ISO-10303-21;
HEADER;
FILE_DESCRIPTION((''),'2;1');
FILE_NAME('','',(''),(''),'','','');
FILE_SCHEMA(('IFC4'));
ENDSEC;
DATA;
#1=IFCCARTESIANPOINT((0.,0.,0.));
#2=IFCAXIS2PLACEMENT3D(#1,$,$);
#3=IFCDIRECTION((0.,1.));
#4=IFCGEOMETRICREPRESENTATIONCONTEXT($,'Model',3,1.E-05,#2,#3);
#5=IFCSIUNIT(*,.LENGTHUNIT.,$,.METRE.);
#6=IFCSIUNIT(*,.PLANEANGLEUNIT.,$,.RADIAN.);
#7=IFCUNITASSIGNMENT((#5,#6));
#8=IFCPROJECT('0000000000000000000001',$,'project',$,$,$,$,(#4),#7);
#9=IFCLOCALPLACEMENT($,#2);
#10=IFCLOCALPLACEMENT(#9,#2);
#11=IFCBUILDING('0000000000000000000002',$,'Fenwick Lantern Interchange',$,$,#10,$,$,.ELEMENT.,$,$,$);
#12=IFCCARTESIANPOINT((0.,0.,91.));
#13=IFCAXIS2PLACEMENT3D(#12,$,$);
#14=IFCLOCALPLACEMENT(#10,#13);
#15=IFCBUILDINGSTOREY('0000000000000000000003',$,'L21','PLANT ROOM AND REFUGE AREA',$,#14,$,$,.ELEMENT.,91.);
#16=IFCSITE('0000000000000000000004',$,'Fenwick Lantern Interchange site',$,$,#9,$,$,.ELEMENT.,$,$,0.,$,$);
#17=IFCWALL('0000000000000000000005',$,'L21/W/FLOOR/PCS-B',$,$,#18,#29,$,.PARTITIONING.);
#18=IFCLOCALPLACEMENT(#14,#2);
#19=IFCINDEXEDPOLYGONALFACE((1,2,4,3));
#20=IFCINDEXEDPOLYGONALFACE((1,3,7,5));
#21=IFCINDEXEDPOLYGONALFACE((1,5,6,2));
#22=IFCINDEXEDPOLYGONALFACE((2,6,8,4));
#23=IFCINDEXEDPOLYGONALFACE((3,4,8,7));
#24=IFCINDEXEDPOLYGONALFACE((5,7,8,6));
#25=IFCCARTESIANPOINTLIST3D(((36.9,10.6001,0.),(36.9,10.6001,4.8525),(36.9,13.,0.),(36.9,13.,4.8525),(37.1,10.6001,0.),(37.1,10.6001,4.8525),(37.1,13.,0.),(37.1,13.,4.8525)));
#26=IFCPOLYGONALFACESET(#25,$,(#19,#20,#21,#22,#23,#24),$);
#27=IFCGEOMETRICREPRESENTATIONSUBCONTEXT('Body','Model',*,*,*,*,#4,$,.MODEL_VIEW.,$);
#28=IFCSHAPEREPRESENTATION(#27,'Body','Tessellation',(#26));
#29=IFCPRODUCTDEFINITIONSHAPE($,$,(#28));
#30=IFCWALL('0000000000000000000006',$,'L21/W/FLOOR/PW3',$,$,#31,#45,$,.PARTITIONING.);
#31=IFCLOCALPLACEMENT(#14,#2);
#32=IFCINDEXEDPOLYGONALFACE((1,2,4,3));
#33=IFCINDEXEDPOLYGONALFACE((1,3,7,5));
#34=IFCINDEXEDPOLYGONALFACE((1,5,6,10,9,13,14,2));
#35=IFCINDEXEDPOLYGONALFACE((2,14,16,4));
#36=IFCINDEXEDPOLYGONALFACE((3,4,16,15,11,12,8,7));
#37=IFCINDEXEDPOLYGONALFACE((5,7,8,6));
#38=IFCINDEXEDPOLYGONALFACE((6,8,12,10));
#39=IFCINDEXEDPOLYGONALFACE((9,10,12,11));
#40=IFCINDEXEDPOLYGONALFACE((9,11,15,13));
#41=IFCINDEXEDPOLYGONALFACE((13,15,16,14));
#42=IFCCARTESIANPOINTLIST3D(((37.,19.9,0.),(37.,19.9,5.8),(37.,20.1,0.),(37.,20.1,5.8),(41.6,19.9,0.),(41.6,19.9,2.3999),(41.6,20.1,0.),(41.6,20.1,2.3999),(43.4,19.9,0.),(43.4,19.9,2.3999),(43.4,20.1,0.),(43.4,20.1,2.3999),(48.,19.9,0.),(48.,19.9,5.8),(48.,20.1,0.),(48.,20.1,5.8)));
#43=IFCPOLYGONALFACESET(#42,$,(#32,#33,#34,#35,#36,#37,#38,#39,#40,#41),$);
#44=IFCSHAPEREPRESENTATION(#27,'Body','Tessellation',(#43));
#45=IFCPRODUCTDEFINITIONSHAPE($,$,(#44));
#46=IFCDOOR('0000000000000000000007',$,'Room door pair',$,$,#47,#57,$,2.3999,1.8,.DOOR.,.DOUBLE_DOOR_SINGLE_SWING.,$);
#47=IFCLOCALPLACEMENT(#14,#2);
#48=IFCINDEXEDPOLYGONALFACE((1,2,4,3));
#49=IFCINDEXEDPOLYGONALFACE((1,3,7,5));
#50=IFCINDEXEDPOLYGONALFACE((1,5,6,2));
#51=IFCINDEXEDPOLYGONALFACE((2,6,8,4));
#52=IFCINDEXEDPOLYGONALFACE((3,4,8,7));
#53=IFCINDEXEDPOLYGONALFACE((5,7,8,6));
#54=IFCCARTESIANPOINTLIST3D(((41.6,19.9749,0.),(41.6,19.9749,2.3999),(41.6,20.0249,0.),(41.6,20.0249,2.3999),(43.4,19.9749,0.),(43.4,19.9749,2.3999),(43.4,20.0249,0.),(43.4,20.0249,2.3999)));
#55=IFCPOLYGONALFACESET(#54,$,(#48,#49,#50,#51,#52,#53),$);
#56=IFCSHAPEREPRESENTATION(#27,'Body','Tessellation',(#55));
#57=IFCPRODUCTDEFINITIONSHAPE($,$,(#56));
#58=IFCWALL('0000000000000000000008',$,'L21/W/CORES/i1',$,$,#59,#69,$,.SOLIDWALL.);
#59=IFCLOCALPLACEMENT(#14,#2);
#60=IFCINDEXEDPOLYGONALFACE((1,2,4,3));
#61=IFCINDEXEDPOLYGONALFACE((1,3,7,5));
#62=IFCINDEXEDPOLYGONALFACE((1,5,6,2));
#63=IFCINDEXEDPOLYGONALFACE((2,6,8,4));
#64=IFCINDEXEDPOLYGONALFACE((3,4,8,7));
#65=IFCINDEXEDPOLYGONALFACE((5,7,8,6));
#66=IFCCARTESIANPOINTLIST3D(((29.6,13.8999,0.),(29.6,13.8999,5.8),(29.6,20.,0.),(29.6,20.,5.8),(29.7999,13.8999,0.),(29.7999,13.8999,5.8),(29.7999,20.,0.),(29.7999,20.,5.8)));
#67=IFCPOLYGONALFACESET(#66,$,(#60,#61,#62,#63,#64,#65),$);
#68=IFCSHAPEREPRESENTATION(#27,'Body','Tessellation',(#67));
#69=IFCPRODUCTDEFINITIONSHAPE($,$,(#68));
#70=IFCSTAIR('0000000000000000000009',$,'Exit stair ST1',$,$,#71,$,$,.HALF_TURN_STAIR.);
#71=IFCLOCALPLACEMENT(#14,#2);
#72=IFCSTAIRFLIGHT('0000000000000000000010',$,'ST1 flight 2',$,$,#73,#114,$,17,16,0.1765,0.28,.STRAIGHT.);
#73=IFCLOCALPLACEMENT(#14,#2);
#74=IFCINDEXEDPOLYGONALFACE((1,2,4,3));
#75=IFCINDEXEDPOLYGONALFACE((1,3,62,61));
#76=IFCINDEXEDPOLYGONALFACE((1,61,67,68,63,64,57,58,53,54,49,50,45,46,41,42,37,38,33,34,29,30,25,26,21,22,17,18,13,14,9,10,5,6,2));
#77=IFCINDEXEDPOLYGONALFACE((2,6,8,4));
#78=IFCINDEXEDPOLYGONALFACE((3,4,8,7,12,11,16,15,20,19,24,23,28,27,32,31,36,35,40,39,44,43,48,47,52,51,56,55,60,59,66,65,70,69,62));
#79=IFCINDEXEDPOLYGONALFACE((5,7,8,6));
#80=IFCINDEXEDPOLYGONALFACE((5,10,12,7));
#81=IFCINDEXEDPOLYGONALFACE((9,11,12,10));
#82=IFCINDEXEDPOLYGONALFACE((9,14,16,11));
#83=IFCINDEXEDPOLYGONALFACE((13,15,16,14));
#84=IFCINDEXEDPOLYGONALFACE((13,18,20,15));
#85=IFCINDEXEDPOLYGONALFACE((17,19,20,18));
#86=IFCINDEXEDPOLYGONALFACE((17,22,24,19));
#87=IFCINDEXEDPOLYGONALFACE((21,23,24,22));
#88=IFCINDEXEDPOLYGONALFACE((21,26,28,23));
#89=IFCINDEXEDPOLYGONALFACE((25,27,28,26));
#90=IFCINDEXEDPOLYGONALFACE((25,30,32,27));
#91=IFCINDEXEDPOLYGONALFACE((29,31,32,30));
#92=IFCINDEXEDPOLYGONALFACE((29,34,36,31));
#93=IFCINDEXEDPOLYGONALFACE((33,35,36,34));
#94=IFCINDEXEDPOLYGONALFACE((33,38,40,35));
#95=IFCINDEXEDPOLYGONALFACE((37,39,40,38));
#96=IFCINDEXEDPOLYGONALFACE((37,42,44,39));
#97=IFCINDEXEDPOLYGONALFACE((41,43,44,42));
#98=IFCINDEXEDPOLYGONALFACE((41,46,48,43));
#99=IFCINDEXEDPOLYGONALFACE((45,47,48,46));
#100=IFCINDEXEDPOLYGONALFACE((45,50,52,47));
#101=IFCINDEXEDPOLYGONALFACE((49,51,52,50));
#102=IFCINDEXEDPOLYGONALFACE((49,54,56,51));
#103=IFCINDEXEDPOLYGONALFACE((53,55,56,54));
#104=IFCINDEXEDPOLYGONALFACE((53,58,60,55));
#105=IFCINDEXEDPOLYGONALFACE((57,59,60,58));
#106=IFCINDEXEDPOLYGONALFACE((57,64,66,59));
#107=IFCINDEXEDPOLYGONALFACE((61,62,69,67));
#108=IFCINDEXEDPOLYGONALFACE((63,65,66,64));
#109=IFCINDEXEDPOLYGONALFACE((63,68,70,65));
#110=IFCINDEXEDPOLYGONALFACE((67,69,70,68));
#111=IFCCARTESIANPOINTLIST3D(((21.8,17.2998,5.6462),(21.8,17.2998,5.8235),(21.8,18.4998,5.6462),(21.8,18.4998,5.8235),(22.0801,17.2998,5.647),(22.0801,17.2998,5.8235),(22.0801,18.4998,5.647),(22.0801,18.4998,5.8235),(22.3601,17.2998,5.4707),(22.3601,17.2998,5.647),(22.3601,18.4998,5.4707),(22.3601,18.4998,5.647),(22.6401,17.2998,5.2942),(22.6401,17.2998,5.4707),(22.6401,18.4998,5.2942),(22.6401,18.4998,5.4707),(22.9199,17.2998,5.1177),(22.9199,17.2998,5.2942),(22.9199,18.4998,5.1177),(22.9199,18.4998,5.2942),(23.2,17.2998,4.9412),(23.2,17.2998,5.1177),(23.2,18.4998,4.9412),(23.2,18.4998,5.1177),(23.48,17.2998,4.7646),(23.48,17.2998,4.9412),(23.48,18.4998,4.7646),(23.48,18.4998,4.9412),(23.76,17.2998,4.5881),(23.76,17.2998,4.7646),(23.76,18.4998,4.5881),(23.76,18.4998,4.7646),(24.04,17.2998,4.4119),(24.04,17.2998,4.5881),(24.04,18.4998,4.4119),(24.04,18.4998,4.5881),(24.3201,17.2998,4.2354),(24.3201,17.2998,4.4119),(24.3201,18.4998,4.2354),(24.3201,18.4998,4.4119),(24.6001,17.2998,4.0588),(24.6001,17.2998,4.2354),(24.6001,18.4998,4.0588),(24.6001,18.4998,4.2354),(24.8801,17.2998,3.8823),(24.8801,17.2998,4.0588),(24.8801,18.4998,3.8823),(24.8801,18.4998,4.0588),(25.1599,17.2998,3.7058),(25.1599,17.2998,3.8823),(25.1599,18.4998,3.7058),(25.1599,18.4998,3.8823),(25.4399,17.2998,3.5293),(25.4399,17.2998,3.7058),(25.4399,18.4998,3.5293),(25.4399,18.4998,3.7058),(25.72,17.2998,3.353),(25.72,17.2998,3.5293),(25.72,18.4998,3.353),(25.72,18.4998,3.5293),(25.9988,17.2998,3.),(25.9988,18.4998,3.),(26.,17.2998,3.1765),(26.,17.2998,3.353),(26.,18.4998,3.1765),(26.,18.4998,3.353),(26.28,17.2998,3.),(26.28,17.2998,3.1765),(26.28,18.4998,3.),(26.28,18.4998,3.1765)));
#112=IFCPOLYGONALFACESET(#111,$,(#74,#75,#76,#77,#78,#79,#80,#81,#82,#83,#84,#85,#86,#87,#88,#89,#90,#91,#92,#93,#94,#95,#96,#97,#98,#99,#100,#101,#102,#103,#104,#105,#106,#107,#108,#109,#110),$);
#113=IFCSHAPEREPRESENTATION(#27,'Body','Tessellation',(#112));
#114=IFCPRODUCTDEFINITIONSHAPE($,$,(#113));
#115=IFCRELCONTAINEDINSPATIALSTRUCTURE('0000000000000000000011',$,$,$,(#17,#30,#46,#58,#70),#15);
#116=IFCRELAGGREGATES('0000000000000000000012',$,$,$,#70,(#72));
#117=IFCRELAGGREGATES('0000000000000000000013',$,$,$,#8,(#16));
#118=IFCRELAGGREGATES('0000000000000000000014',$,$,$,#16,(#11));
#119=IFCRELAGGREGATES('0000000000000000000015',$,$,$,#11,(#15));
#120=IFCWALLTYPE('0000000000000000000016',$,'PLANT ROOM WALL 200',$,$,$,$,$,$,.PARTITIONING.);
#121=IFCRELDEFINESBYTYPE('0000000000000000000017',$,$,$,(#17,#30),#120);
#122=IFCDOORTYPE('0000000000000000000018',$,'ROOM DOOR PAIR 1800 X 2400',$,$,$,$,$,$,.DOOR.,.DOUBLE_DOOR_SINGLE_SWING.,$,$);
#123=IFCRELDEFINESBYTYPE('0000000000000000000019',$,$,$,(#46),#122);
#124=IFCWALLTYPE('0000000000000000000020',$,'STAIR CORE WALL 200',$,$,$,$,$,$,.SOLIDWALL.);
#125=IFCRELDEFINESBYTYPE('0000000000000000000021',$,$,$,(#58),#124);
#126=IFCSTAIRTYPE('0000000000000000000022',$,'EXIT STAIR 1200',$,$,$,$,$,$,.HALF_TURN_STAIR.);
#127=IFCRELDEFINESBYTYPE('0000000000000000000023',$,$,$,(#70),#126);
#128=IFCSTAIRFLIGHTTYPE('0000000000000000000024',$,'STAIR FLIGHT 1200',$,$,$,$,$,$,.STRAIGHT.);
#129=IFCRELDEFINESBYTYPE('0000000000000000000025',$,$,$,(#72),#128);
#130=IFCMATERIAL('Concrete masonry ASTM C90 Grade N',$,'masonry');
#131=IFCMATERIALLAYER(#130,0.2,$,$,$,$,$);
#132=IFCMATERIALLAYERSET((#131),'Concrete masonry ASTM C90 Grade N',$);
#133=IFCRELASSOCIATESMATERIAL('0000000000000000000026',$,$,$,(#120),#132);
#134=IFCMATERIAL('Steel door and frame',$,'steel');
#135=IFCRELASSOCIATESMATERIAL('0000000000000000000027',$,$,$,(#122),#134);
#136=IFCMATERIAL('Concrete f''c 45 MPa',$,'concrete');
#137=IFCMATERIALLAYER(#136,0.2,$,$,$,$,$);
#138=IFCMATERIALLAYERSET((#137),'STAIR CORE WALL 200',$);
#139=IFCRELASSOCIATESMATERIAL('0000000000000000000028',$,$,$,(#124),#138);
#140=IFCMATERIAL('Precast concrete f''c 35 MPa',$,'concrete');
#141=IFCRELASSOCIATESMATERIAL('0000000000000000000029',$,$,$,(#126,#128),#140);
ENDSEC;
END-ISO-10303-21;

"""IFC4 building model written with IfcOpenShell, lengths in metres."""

from ifc_helpers import new_model, si_unit, direction, frame, frame_2d, origin, place, context, subcontext, project, spatial, polyline, rectangle, outline, extrude, material, layer, layer_set, type_object, element, fill, aggregate, save


model = new_model("IFC4")

# Units and contexts
model_context = context("Model", 3, precision=1e-05, world=origin(), true_north=direction((0.0, 1.0)))
body_context = subcontext(model_context, "Body", "Model", "MODEL_VIEW")
ifc_project = project(units=[si_unit("LENGTHUNIT", "METRE"), si_unit("PLANEANGLEUNIT", "RADIAN")], contexts=[model_context])

# Site, building, storey
site_placement = place(None, origin())
site = spatial("IfcSite", under=ifc_project, at=site_placement, Name="Fenwick Lantern Interchange site", CompositionType="ELEMENT", RefElevation=0.0)
building_placement = place(site_placement, origin())
building = spatial("IfcBuilding", under=site, at=building_placement, Name="Fenwick Lantern Interchange", CompositionType="ELEMENT")
storey_placement = place(building_placement, frame((0.0, 0.0, 91.0)))
storey = spatial("IfcBuildingStorey", under=building, at=storey_placement, Name="L21", Description="PLANT ROOM AND REFUGE AREA", CompositionType="ELEMENT", Elevation=91.0)

# Shared definitions
ifc_material_1 = material(Name="Concrete masonry ASTM C90 Grade N", Category="masonry")
ifc_material_2 = material(Name="Steel door and frame", Category="steel")

# Wall
ifc_layer_1 = layer(ifc_material_1, 0.2)
ifc_layer_set_1 = layer_set([ifc_layer_1], Name="Concrete masonry ASTM C90 Grade N")
wall_type_1 = type_object("IfcWallType", Name="PLANT ROOM WALL 200", PredefinedType="PARTITIONING", material=ifc_layer_set_1)
wall_1_placement = place(storey_placement, frame((37.0, 10.6001, 0.0), z_axis=(0.0, 0.0, 1.0), x_axis=(0.0, 1.0, 0.0)))
element("IfcWall", 1, at=wall_1_placement, inside=storey, type_object=wall_type_1, Name="L21/W/FLOOR/PCS-B", PredefinedType="PARTITIONING", context=body_context, shape_type="SweptSolid", body=[
    extrude(rectangle(XDim=2.3999, YDim=0.2, at=frame_2d((1.2, 0.0))), origin(), (0.0, 0.0, 1.0), 4.8525),
])

# Wall, opening, door
wall_2_placement = place(storey_placement, frame((37.0, 20.0, 0.0), z_axis=(0.0, 0.0, 1.0), x_axis=(1.0, 0.0, 0.0)))
wall_2 = element("IfcWall", 2, at=wall_2_placement, inside=storey, type_object=wall_type_1, Name="L21/W/FLOOR/PW3", PredefinedType="PARTITIONING", context=body_context, shape_type="SweptSolid", body=[
    extrude(rectangle(XDim=11.0, YDim=0.2, at=frame_2d((5.5, 0.0))), origin(), (0.0, 0.0, 1.0), 5.8),
])
opening_1_placement = place(wall_2_placement, frame((4.6001, 0.0, 0.0)))
opening_1 = element("IfcOpeningElement", 3, at=opening_1_placement, cuts=wall_2, PredefinedType="OPENING", context=body_context, shape_type="SweptSolid", body=[
    extrude(rectangle(XDim=1.8, YDim=2.3999, at=frame_2d((0.8999, 1.2))), frame((0.0, 0.1099, 0.0), z_axis=(0.0, -1.0, 0.0), x_axis=(1.0, 0.0, 0.0)), (0.0, 0.0, 1.0), 0.22),
])
door_type_1 = type_object("IfcDoorType", Name="ROOM DOOR PAIR 1800 X 2400", OperationType="DOUBLE_DOOR_SINGLE_SWING", PredefinedType="DOOR", material=ifc_material_2)
door_1_placement = place(opening_1_placement, origin())
door_1 = element("IfcDoor", 4, at=door_1_placement, inside=storey, type_object=door_type_1, Name="Room door pair", OperationType="DOUBLE_DOOR_SINGLE_SWING", OverallHeight=2.3999, OverallWidth=1.8, PredefinedType="DOOR", context=body_context, shape_type="SweptSolid", body=[
    extrude(rectangle(XDim=1.8, YDim=2.3999, at=frame_2d((0.8999, 1.2))), frame((0.0, 0.0249, 0.0), z_axis=(0.0, -1.0, 0.0), x_axis=(1.0, 0.0, 0.0)), (0.0, 0.0, 1.0), 0.05),
])
fill(opening_1, door_1)

# Wall
ifc_material_3 = material(Name="Concrete f'c 45 MPa", Category="concrete")
ifc_layer_2 = layer(ifc_material_3, 0.2)
ifc_layer_set_2 = layer_set([ifc_layer_2], Name="STAIR CORE WALL 200")
wall_type_2 = type_object("IfcWallType", Name="STAIR CORE WALL 200", PredefinedType="SOLIDWALL", material=ifc_layer_set_2)
wall_3_placement = place(storey_placement, frame((29.7, 13.8999, 0.0), z_axis=(0.0, 0.0, 1.0), x_axis=(0.0, 1.0, 0.0)))
element("IfcWall", 5, at=wall_3_placement, inside=storey, type_object=wall_type_2, Name="L21/W/CORES/i1", PredefinedType="SOLIDWALL", context=body_context, shape_type="SweptSolid", body=[
    extrude(rectangle(XDim=6.1001, YDim=0.2, at=frame_2d((3.05, 0.0))), origin(), (0.0, 0.0, 1.0), 5.8),
])

# Stair, stair flight
ifc_material_4 = material(Name="Precast concrete f'c 35 MPa", Category="concrete")
stair_type = type_object("IfcStairType", Name="EXIT STAIR 1200", PredefinedType="HALF_TURN_STAIR", material=ifc_material_4)
stair_placement = place(storey_placement, origin())
stair = element("IfcStair", 6, at=stair_placement, inside=storey, type_object=stair_type, Name="Exit stair ST1", PredefinedType="HALF_TURN_STAIR")
stair_flight_type = type_object("IfcStairFlightType", Name="STAIR FLIGHT 1200", PredefinedType="STRAIGHT", material=ifc_material_4)
stair_flight_placement = place(storey_placement, frame((26.28, 17.8999, 3.0), z_axis=(0.0, 0.0, 1.0), x_axis=(-1.0, 0.0, 0.0)))
stair_flight = element("IfcStairFlight", 7, at=stair_flight_placement, type_object=stair_flight_type, Name="ST1 flight 2", NumberOfRisers=17, NumberOfTreads=16, PredefinedType="STRAIGHT", RiserHeight=0.1765, TreadLength=0.28, context=body_context, shape_type="SweptSolid", body=[
    extrude(outline(polyline([(0.0, 0.0), (0.0, 0.1765), (0.28, 0.1765), (0.28, 0.353), (0.5601, 0.353), (0.5601, 0.5293), (0.8401, 0.5293), (0.8401, 0.7058), (1.1201, 0.7058), (1.1201, 0.8823), (1.3999, 0.8823), (1.3999, 1.0588), (1.6799, 1.0588), (1.6799, 1.2354), (1.96, 1.2354), (1.96, 1.4119), (2.24, 1.4119), (2.24, 1.5881), (2.52, 1.5881), (2.52, 1.7646), (2.8, 1.7646), (2.8, 1.9412), (3.0801, 1.9412), (3.0801, 2.1177), (3.3601, 2.1177), (3.3601, 2.2942), (3.6399, 2.2942), (3.6399, 2.4707), (3.9199, 2.4707), (3.9199, 2.647), (4.2, 2.647), (4.2, 2.8235), (4.48, 2.8235), (4.48, 3.0), (4.48, 2.6462), (0.2812, 0.0), (0.0, 0.0)])), frame((0.0, 0.6001, 0.0), z_axis=(0.0, -1.0, 0.0), x_axis=(1.0, 0.0, 0.0)), (0.0, 0.0, 1.0), 1.2),
])
aggregate(stair, [stair_flight])

save(model, "model.ifc")
